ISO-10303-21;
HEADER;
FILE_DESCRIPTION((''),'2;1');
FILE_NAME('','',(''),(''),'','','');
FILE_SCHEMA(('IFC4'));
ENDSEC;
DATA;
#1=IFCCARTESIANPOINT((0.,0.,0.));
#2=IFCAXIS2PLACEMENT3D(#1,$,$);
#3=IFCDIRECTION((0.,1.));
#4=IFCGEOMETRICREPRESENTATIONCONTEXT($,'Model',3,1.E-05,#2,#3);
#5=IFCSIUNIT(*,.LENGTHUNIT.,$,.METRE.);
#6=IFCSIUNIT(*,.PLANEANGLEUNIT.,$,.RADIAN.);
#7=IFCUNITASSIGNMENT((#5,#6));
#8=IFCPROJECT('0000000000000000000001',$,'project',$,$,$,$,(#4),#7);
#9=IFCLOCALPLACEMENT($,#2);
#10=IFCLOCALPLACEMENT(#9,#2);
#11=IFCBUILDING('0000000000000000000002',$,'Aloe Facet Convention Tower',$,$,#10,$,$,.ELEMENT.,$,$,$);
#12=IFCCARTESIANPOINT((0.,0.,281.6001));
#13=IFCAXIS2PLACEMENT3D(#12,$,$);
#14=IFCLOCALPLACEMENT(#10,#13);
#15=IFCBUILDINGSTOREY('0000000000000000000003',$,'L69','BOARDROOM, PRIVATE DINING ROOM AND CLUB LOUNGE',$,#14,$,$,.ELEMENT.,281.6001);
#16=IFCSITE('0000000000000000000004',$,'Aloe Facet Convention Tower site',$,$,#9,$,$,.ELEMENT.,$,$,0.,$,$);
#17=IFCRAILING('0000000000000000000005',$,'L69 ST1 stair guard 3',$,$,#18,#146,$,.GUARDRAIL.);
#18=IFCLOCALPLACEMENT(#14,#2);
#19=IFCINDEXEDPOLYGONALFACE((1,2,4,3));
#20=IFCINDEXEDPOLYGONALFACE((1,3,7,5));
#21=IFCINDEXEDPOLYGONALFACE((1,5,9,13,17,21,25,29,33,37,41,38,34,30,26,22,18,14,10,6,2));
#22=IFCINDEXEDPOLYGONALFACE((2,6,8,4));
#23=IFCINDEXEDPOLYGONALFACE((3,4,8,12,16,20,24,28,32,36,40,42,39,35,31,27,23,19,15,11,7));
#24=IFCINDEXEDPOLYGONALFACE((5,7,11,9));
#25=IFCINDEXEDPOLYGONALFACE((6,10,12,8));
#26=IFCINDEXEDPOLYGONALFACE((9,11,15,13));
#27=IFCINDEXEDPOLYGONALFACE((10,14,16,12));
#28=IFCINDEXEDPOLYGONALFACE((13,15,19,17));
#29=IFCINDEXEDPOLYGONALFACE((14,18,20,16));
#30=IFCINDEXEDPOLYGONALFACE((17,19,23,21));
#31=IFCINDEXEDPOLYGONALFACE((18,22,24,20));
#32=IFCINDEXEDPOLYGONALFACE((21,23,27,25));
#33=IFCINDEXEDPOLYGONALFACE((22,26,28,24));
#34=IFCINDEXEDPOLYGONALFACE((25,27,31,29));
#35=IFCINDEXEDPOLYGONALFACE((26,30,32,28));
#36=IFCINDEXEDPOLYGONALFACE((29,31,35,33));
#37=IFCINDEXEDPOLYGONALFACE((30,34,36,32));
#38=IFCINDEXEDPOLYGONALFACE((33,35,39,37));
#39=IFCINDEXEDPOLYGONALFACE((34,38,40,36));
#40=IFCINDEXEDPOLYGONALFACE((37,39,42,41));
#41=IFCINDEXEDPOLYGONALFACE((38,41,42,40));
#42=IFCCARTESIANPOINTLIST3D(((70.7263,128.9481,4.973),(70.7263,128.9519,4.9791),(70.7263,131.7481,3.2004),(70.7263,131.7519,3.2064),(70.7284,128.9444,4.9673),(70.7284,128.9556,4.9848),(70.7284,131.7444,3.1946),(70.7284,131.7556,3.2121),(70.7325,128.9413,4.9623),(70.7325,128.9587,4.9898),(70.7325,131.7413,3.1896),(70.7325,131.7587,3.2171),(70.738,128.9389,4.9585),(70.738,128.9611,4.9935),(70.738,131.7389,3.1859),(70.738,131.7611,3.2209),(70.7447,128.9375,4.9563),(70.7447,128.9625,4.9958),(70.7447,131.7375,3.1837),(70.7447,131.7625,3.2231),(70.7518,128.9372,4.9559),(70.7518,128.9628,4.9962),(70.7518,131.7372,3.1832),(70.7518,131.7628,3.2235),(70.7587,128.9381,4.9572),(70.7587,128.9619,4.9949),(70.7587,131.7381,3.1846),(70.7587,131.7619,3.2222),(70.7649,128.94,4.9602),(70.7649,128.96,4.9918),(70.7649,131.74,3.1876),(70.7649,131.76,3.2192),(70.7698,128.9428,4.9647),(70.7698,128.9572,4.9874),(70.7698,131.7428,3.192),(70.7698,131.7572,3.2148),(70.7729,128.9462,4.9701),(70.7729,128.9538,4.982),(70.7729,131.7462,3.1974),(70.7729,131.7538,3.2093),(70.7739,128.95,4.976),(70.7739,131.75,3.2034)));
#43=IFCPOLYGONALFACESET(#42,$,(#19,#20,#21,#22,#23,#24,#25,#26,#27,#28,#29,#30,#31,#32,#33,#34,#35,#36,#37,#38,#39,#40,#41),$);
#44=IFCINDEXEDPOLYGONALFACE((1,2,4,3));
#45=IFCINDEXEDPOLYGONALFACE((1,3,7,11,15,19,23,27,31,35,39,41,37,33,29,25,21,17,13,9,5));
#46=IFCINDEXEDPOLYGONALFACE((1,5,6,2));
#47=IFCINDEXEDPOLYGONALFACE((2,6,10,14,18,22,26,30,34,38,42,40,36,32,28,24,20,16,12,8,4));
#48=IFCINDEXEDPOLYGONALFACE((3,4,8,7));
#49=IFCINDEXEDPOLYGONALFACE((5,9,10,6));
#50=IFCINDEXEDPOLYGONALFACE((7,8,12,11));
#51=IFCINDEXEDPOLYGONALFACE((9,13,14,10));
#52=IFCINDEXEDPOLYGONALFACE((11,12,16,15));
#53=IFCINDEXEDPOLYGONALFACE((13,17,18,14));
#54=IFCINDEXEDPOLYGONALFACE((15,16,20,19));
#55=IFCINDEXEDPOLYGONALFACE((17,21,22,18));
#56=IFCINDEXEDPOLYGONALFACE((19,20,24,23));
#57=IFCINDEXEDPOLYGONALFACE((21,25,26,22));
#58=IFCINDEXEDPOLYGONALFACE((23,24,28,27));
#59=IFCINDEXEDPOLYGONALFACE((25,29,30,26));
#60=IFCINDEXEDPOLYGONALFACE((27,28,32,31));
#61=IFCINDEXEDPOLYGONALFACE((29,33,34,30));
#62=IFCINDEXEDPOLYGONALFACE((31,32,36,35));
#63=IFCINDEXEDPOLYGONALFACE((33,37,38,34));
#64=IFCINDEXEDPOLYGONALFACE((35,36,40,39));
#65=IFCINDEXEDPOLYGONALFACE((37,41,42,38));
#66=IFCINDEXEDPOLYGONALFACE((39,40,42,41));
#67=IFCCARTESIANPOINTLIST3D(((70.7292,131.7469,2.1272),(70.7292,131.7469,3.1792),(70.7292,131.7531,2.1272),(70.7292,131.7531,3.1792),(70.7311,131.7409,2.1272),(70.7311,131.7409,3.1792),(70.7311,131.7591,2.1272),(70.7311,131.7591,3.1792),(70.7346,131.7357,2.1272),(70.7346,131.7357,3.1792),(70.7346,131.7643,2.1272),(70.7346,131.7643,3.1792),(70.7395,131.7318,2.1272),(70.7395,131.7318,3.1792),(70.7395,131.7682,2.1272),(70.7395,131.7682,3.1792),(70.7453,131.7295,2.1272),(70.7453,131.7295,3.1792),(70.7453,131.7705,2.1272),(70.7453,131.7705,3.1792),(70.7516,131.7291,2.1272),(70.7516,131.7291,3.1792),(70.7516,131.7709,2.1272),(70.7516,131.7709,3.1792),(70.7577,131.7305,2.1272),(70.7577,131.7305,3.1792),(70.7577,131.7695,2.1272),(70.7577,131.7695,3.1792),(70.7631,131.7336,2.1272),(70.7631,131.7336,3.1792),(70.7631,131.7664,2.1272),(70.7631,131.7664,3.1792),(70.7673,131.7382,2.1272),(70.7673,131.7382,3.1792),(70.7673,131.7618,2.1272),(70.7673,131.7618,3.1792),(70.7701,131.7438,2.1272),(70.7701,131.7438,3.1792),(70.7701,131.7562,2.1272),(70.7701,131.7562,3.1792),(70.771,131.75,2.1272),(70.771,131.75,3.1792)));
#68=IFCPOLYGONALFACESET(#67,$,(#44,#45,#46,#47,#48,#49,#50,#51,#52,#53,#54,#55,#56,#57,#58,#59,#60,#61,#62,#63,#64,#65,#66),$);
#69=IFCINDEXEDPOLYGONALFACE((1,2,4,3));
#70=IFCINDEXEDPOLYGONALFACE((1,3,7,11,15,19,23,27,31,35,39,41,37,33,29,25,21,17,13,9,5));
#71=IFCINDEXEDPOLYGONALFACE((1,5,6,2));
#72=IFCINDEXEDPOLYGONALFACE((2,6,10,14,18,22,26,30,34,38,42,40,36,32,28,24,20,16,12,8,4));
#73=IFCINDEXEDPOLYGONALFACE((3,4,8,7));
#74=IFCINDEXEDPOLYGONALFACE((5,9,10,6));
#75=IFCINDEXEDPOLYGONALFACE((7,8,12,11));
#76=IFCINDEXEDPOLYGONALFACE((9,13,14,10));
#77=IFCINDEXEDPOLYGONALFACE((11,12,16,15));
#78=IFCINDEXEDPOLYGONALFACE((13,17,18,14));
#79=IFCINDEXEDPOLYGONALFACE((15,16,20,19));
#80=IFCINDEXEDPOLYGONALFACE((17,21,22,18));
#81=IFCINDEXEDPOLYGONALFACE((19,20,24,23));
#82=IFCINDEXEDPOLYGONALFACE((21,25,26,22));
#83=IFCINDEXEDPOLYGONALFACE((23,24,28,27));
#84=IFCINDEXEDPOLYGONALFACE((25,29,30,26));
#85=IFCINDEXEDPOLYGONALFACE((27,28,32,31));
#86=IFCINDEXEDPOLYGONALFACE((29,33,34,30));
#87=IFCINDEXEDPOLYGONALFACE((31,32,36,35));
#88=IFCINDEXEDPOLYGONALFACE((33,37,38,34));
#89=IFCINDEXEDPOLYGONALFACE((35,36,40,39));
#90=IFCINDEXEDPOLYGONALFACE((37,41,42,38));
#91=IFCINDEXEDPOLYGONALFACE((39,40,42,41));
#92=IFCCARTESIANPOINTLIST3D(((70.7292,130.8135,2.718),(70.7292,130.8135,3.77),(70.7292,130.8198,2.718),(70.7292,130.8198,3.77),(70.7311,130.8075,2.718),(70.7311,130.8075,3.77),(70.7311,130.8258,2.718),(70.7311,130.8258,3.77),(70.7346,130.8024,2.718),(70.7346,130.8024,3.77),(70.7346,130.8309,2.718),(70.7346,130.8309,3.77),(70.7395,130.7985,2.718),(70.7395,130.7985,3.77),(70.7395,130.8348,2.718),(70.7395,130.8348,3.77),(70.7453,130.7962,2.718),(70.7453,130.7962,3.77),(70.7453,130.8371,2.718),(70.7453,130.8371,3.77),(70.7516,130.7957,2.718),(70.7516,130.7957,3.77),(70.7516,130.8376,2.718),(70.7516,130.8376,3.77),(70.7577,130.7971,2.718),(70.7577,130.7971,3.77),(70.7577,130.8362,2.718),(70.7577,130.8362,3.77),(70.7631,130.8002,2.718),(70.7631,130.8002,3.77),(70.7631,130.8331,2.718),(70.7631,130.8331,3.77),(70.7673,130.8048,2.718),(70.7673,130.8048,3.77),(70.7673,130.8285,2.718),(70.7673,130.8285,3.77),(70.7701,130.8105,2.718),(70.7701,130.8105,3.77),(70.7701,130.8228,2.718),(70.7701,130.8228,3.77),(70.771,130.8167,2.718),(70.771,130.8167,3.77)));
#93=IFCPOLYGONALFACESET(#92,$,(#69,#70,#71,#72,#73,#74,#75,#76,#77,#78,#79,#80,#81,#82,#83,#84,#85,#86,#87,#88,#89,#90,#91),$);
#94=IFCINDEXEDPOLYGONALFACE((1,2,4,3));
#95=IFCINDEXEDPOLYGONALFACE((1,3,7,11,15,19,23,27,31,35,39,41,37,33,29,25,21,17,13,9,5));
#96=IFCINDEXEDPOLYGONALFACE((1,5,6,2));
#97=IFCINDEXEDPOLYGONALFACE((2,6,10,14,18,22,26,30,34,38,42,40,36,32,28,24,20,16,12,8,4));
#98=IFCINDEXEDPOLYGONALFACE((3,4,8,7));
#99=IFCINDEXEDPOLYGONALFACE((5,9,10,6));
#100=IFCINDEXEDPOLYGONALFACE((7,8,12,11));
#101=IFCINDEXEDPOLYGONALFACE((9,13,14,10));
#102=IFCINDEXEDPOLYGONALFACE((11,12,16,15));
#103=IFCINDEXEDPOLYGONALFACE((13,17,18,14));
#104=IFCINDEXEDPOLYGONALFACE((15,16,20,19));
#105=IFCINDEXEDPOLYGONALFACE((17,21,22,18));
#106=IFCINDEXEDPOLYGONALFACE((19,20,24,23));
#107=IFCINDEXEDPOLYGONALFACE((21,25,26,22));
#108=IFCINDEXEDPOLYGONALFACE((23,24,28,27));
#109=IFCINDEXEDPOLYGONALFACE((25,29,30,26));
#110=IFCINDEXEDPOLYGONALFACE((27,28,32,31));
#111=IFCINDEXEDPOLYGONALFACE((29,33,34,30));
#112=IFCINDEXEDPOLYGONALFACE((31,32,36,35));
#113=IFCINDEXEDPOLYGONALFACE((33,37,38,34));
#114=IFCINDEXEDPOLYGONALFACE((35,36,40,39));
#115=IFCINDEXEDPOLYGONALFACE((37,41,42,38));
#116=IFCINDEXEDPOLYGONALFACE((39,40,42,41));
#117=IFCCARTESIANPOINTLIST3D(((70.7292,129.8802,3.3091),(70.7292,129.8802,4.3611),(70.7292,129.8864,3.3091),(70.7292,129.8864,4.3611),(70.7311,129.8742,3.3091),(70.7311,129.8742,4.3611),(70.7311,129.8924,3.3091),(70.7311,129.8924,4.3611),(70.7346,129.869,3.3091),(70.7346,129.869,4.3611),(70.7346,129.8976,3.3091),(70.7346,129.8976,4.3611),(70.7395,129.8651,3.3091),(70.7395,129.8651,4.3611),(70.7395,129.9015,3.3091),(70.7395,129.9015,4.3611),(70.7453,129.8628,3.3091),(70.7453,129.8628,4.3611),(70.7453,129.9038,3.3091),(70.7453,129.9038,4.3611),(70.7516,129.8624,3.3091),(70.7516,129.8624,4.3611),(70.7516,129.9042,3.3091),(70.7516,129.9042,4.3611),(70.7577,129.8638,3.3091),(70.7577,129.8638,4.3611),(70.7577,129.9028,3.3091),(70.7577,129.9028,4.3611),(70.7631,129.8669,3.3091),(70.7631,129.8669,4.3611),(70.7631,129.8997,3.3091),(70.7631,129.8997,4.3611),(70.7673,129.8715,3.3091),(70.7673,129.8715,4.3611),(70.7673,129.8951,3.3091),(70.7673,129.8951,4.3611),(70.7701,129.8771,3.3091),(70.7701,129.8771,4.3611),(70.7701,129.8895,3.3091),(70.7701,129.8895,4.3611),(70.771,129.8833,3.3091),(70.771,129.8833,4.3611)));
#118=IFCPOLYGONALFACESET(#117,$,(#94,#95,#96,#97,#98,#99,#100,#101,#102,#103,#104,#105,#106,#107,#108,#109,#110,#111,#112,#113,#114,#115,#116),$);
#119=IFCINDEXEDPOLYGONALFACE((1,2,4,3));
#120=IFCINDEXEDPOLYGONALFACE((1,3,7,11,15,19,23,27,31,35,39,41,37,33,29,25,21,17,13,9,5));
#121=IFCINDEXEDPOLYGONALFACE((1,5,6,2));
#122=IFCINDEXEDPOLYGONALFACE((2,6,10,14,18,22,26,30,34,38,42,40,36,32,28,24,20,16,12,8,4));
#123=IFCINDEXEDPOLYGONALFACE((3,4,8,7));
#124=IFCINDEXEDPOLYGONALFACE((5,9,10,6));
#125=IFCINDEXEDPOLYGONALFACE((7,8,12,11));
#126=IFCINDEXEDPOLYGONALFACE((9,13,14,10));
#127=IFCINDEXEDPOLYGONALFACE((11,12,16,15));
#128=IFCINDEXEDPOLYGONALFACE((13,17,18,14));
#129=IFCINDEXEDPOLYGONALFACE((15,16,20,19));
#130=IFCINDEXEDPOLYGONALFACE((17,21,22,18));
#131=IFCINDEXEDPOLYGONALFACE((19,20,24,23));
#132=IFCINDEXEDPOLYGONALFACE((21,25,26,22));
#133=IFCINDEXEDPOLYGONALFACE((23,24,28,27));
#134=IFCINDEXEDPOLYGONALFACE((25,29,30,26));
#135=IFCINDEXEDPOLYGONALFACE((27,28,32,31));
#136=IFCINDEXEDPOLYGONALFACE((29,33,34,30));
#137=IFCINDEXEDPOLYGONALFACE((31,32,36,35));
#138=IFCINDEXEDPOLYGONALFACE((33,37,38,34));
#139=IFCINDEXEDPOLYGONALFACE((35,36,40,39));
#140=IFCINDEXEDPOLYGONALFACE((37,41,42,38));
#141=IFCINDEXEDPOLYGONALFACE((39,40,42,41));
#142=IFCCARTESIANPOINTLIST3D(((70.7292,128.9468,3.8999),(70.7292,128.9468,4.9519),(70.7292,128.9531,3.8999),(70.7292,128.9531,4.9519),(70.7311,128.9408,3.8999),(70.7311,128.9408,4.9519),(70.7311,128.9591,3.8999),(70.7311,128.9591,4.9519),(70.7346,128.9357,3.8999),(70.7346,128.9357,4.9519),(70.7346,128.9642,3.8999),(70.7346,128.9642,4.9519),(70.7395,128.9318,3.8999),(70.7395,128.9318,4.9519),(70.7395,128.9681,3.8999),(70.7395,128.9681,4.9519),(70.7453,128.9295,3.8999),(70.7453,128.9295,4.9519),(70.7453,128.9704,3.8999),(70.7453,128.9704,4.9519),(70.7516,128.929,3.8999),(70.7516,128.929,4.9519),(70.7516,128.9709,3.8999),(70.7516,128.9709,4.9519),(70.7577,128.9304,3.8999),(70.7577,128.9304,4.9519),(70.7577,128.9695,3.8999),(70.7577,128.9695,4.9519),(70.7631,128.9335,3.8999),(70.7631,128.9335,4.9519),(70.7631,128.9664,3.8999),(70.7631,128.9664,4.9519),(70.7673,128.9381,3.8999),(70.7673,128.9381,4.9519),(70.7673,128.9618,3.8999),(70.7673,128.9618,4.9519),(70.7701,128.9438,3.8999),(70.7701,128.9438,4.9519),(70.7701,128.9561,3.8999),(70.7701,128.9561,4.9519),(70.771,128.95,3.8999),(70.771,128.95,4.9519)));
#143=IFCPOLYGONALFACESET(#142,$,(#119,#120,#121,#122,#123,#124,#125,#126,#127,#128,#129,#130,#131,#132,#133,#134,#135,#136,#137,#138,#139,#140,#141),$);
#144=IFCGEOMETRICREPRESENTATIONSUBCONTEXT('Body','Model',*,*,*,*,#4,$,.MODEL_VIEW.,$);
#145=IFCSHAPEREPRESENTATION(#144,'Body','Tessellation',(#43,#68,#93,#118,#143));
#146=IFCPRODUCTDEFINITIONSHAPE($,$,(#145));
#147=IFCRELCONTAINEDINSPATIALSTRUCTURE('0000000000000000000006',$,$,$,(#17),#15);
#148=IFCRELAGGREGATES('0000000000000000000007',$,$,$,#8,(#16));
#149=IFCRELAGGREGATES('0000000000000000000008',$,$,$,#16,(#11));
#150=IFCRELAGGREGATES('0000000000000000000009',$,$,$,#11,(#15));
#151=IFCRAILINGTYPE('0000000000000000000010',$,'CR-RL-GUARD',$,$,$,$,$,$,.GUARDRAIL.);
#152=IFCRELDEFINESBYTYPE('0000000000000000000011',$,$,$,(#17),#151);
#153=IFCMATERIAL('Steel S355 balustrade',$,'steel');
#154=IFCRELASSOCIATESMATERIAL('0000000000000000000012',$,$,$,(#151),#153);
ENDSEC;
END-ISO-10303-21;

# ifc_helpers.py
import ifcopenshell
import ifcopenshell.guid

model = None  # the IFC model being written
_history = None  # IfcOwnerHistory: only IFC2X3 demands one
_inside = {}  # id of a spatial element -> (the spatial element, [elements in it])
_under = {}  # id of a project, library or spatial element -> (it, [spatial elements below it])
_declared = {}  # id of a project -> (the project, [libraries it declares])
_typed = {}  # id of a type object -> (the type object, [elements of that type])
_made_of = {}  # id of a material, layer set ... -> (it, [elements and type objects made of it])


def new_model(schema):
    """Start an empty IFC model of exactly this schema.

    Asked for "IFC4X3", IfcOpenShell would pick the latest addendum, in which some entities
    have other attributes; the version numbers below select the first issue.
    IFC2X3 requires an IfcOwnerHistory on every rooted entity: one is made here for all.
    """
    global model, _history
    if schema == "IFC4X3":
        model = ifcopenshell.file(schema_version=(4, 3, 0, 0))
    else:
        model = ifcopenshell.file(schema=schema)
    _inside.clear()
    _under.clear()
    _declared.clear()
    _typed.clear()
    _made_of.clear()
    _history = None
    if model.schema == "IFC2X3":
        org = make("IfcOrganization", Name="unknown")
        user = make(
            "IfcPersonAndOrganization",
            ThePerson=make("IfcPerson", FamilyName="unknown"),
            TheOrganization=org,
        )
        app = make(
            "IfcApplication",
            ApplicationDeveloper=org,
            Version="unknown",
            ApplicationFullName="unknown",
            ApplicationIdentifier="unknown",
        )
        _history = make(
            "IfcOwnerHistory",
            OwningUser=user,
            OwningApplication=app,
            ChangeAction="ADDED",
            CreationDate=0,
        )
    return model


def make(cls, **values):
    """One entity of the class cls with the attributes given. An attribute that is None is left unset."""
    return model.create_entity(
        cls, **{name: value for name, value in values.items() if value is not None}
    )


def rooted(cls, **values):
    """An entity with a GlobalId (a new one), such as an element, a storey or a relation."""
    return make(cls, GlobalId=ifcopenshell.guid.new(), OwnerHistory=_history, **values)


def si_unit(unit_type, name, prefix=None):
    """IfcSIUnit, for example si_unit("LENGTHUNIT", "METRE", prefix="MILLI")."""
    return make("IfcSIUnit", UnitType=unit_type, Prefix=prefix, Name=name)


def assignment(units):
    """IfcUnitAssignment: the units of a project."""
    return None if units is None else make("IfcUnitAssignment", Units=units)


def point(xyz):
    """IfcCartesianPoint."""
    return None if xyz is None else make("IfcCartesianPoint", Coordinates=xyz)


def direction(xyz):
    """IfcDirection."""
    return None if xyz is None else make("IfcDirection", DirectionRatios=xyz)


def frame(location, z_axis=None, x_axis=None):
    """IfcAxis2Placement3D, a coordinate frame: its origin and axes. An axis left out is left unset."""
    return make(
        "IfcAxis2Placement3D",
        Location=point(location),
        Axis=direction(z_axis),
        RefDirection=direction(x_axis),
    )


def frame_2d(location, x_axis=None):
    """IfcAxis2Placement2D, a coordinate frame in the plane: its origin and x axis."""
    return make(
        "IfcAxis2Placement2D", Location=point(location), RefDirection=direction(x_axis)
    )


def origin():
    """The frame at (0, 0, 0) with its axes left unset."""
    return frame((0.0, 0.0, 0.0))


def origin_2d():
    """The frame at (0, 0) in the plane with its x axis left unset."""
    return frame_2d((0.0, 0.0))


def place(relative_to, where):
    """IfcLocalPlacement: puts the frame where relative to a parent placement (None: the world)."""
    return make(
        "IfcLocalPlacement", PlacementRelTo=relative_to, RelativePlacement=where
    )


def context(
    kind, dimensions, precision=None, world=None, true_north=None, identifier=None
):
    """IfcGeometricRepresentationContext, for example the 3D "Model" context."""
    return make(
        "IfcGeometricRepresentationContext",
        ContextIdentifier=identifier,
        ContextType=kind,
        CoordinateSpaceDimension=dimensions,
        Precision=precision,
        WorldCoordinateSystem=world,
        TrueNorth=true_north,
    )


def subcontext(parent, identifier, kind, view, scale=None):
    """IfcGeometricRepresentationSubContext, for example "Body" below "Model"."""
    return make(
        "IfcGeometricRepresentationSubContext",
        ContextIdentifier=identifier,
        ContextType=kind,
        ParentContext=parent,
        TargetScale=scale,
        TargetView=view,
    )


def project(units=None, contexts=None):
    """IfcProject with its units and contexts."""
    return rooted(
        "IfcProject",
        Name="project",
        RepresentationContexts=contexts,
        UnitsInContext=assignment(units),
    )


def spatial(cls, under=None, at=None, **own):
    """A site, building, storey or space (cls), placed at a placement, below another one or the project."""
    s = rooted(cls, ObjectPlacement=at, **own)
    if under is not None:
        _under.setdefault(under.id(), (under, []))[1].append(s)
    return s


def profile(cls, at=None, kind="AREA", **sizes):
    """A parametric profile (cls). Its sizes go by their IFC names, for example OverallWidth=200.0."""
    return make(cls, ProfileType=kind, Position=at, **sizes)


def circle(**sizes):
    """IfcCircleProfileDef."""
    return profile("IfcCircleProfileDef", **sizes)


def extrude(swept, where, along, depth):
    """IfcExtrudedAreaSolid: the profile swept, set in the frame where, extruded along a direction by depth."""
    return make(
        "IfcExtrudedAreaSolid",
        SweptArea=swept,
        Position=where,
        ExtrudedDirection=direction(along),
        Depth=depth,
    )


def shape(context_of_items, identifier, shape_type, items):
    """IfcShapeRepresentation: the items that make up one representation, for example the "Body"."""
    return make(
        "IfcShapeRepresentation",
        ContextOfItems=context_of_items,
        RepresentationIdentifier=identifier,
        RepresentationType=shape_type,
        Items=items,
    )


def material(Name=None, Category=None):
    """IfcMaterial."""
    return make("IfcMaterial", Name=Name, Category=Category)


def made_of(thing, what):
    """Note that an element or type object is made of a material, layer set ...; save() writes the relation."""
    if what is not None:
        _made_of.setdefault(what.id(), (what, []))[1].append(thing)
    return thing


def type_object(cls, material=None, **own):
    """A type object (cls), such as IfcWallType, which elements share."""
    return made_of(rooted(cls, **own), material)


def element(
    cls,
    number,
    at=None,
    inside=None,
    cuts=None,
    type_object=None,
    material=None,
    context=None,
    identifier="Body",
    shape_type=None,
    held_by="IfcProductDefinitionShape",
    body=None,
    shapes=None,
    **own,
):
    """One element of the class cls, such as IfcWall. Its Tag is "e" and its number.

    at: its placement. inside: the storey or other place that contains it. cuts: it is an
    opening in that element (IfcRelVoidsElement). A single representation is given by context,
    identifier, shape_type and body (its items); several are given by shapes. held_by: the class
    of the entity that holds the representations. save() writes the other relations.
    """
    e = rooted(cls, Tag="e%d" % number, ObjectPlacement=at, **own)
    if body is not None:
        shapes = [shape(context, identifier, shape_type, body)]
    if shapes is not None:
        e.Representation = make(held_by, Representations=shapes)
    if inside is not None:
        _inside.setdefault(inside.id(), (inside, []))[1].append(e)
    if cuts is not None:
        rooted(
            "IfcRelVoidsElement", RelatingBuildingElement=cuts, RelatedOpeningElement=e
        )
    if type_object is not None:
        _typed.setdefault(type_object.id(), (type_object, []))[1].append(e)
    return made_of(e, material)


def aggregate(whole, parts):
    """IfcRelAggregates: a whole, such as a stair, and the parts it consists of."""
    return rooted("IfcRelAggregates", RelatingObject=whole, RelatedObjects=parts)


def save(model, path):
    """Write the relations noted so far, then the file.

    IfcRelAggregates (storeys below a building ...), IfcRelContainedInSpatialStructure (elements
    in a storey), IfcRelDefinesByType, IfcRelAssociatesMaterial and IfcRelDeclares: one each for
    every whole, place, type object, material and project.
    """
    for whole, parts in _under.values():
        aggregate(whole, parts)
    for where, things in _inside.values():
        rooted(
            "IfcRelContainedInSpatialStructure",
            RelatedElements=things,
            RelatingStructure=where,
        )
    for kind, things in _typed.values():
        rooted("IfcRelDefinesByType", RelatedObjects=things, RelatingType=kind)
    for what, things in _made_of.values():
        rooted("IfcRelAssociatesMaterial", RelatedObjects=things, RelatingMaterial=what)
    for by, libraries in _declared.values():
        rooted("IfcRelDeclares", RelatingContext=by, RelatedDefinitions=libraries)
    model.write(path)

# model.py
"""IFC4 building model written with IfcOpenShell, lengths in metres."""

from ifc_helpers import new_model, si_unit, direction, frame, origin, origin_2d, place, context, subcontext, project, spatial, circle, extrude, material, type_object, element, save


model = new_model("IFC4")

# Units and contexts
model_context = context("Model", 3, precision=1e-05, world=origin(), true_north=direction((0.0, 1.0)))
body_context = subcontext(model_context, "Body", "Model", "MODEL_VIEW")
ifc_project = project(units=[si_unit("LENGTHUNIT", "METRE"), si_unit("PLANEANGLEUNIT", "RADIAN")], contexts=[model_context])

# Site, building, storey
site_placement = place(None, origin())
site = spatial("IfcSite", under=ifc_project, at=site_placement, Name="Aloe Facet Convention Tower site", CompositionType="ELEMENT", RefElevation=0.0)
building_placement = place(site_placement, origin())
building = spatial("IfcBuilding", under=site, at=building_placement, Name="Aloe Facet Convention Tower", CompositionType="ELEMENT")
storey_placement = place(building_placement, frame((0.0, 0.0, 281.6001)))
storey = spatial("IfcBuildingStorey", under=building, at=storey_placement, Name="L69", Description="BOARDROOM, PRIVATE DINING ROOM AND CLUB LOUNGE", CompositionType="ELEMENT", Elevation=281.6001)

# Railing
ifc_material_1 = material(Name="Steel S355 balustrade", Category="steel")
railing_type_1 = type_object("IfcRailingType", Name="CR-RL-GUARD", PredefinedType="GUARDRAIL", material=ifc_material_1)
railing_1_placement = place(storey_placement, frame((70.75, 131.75, 2.1272)))
element("IfcRailing", 1, at=railing_1_placement, inside=storey, type_object=railing_type_1, Name="L69 ST1 stair guard 3", PredefinedType="GUARDRAIL", context=body_context, shape_type="SweptSolid", body=[
    extrude(circle(Radius=0.0239, at=origin_2d()), frame((0.0, 0.0, 1.0762), z_axis=(0.0, -0.844909, 0.53491), x_axis=(1.0, 0.0, 0.0)), (0.0, 0.0, 1.0), 3.314),
    extrude(circle(Radius=0.021, at=origin_2d()), origin(), (0.0, 0.0, 1.0), 1.052),
    extrude(circle(Radius=0.021, at=origin_2d()), frame((0.0, -0.9333, 0.5908)), (0.0, 0.0, 1.0), 1.052),
    extrude(circle(Radius=0.021, at=origin_2d()), frame((0.0, -1.8667, 1.1819)), (0.0, 0.0, 1.0), 1.052),
    extrude(circle(Radius=0.021, at=origin_2d()), frame((0.0, -2.8, 1.7727)), (0.0, 0.0, 1.0), 1.052),
])

save(model, "model.ifc")
